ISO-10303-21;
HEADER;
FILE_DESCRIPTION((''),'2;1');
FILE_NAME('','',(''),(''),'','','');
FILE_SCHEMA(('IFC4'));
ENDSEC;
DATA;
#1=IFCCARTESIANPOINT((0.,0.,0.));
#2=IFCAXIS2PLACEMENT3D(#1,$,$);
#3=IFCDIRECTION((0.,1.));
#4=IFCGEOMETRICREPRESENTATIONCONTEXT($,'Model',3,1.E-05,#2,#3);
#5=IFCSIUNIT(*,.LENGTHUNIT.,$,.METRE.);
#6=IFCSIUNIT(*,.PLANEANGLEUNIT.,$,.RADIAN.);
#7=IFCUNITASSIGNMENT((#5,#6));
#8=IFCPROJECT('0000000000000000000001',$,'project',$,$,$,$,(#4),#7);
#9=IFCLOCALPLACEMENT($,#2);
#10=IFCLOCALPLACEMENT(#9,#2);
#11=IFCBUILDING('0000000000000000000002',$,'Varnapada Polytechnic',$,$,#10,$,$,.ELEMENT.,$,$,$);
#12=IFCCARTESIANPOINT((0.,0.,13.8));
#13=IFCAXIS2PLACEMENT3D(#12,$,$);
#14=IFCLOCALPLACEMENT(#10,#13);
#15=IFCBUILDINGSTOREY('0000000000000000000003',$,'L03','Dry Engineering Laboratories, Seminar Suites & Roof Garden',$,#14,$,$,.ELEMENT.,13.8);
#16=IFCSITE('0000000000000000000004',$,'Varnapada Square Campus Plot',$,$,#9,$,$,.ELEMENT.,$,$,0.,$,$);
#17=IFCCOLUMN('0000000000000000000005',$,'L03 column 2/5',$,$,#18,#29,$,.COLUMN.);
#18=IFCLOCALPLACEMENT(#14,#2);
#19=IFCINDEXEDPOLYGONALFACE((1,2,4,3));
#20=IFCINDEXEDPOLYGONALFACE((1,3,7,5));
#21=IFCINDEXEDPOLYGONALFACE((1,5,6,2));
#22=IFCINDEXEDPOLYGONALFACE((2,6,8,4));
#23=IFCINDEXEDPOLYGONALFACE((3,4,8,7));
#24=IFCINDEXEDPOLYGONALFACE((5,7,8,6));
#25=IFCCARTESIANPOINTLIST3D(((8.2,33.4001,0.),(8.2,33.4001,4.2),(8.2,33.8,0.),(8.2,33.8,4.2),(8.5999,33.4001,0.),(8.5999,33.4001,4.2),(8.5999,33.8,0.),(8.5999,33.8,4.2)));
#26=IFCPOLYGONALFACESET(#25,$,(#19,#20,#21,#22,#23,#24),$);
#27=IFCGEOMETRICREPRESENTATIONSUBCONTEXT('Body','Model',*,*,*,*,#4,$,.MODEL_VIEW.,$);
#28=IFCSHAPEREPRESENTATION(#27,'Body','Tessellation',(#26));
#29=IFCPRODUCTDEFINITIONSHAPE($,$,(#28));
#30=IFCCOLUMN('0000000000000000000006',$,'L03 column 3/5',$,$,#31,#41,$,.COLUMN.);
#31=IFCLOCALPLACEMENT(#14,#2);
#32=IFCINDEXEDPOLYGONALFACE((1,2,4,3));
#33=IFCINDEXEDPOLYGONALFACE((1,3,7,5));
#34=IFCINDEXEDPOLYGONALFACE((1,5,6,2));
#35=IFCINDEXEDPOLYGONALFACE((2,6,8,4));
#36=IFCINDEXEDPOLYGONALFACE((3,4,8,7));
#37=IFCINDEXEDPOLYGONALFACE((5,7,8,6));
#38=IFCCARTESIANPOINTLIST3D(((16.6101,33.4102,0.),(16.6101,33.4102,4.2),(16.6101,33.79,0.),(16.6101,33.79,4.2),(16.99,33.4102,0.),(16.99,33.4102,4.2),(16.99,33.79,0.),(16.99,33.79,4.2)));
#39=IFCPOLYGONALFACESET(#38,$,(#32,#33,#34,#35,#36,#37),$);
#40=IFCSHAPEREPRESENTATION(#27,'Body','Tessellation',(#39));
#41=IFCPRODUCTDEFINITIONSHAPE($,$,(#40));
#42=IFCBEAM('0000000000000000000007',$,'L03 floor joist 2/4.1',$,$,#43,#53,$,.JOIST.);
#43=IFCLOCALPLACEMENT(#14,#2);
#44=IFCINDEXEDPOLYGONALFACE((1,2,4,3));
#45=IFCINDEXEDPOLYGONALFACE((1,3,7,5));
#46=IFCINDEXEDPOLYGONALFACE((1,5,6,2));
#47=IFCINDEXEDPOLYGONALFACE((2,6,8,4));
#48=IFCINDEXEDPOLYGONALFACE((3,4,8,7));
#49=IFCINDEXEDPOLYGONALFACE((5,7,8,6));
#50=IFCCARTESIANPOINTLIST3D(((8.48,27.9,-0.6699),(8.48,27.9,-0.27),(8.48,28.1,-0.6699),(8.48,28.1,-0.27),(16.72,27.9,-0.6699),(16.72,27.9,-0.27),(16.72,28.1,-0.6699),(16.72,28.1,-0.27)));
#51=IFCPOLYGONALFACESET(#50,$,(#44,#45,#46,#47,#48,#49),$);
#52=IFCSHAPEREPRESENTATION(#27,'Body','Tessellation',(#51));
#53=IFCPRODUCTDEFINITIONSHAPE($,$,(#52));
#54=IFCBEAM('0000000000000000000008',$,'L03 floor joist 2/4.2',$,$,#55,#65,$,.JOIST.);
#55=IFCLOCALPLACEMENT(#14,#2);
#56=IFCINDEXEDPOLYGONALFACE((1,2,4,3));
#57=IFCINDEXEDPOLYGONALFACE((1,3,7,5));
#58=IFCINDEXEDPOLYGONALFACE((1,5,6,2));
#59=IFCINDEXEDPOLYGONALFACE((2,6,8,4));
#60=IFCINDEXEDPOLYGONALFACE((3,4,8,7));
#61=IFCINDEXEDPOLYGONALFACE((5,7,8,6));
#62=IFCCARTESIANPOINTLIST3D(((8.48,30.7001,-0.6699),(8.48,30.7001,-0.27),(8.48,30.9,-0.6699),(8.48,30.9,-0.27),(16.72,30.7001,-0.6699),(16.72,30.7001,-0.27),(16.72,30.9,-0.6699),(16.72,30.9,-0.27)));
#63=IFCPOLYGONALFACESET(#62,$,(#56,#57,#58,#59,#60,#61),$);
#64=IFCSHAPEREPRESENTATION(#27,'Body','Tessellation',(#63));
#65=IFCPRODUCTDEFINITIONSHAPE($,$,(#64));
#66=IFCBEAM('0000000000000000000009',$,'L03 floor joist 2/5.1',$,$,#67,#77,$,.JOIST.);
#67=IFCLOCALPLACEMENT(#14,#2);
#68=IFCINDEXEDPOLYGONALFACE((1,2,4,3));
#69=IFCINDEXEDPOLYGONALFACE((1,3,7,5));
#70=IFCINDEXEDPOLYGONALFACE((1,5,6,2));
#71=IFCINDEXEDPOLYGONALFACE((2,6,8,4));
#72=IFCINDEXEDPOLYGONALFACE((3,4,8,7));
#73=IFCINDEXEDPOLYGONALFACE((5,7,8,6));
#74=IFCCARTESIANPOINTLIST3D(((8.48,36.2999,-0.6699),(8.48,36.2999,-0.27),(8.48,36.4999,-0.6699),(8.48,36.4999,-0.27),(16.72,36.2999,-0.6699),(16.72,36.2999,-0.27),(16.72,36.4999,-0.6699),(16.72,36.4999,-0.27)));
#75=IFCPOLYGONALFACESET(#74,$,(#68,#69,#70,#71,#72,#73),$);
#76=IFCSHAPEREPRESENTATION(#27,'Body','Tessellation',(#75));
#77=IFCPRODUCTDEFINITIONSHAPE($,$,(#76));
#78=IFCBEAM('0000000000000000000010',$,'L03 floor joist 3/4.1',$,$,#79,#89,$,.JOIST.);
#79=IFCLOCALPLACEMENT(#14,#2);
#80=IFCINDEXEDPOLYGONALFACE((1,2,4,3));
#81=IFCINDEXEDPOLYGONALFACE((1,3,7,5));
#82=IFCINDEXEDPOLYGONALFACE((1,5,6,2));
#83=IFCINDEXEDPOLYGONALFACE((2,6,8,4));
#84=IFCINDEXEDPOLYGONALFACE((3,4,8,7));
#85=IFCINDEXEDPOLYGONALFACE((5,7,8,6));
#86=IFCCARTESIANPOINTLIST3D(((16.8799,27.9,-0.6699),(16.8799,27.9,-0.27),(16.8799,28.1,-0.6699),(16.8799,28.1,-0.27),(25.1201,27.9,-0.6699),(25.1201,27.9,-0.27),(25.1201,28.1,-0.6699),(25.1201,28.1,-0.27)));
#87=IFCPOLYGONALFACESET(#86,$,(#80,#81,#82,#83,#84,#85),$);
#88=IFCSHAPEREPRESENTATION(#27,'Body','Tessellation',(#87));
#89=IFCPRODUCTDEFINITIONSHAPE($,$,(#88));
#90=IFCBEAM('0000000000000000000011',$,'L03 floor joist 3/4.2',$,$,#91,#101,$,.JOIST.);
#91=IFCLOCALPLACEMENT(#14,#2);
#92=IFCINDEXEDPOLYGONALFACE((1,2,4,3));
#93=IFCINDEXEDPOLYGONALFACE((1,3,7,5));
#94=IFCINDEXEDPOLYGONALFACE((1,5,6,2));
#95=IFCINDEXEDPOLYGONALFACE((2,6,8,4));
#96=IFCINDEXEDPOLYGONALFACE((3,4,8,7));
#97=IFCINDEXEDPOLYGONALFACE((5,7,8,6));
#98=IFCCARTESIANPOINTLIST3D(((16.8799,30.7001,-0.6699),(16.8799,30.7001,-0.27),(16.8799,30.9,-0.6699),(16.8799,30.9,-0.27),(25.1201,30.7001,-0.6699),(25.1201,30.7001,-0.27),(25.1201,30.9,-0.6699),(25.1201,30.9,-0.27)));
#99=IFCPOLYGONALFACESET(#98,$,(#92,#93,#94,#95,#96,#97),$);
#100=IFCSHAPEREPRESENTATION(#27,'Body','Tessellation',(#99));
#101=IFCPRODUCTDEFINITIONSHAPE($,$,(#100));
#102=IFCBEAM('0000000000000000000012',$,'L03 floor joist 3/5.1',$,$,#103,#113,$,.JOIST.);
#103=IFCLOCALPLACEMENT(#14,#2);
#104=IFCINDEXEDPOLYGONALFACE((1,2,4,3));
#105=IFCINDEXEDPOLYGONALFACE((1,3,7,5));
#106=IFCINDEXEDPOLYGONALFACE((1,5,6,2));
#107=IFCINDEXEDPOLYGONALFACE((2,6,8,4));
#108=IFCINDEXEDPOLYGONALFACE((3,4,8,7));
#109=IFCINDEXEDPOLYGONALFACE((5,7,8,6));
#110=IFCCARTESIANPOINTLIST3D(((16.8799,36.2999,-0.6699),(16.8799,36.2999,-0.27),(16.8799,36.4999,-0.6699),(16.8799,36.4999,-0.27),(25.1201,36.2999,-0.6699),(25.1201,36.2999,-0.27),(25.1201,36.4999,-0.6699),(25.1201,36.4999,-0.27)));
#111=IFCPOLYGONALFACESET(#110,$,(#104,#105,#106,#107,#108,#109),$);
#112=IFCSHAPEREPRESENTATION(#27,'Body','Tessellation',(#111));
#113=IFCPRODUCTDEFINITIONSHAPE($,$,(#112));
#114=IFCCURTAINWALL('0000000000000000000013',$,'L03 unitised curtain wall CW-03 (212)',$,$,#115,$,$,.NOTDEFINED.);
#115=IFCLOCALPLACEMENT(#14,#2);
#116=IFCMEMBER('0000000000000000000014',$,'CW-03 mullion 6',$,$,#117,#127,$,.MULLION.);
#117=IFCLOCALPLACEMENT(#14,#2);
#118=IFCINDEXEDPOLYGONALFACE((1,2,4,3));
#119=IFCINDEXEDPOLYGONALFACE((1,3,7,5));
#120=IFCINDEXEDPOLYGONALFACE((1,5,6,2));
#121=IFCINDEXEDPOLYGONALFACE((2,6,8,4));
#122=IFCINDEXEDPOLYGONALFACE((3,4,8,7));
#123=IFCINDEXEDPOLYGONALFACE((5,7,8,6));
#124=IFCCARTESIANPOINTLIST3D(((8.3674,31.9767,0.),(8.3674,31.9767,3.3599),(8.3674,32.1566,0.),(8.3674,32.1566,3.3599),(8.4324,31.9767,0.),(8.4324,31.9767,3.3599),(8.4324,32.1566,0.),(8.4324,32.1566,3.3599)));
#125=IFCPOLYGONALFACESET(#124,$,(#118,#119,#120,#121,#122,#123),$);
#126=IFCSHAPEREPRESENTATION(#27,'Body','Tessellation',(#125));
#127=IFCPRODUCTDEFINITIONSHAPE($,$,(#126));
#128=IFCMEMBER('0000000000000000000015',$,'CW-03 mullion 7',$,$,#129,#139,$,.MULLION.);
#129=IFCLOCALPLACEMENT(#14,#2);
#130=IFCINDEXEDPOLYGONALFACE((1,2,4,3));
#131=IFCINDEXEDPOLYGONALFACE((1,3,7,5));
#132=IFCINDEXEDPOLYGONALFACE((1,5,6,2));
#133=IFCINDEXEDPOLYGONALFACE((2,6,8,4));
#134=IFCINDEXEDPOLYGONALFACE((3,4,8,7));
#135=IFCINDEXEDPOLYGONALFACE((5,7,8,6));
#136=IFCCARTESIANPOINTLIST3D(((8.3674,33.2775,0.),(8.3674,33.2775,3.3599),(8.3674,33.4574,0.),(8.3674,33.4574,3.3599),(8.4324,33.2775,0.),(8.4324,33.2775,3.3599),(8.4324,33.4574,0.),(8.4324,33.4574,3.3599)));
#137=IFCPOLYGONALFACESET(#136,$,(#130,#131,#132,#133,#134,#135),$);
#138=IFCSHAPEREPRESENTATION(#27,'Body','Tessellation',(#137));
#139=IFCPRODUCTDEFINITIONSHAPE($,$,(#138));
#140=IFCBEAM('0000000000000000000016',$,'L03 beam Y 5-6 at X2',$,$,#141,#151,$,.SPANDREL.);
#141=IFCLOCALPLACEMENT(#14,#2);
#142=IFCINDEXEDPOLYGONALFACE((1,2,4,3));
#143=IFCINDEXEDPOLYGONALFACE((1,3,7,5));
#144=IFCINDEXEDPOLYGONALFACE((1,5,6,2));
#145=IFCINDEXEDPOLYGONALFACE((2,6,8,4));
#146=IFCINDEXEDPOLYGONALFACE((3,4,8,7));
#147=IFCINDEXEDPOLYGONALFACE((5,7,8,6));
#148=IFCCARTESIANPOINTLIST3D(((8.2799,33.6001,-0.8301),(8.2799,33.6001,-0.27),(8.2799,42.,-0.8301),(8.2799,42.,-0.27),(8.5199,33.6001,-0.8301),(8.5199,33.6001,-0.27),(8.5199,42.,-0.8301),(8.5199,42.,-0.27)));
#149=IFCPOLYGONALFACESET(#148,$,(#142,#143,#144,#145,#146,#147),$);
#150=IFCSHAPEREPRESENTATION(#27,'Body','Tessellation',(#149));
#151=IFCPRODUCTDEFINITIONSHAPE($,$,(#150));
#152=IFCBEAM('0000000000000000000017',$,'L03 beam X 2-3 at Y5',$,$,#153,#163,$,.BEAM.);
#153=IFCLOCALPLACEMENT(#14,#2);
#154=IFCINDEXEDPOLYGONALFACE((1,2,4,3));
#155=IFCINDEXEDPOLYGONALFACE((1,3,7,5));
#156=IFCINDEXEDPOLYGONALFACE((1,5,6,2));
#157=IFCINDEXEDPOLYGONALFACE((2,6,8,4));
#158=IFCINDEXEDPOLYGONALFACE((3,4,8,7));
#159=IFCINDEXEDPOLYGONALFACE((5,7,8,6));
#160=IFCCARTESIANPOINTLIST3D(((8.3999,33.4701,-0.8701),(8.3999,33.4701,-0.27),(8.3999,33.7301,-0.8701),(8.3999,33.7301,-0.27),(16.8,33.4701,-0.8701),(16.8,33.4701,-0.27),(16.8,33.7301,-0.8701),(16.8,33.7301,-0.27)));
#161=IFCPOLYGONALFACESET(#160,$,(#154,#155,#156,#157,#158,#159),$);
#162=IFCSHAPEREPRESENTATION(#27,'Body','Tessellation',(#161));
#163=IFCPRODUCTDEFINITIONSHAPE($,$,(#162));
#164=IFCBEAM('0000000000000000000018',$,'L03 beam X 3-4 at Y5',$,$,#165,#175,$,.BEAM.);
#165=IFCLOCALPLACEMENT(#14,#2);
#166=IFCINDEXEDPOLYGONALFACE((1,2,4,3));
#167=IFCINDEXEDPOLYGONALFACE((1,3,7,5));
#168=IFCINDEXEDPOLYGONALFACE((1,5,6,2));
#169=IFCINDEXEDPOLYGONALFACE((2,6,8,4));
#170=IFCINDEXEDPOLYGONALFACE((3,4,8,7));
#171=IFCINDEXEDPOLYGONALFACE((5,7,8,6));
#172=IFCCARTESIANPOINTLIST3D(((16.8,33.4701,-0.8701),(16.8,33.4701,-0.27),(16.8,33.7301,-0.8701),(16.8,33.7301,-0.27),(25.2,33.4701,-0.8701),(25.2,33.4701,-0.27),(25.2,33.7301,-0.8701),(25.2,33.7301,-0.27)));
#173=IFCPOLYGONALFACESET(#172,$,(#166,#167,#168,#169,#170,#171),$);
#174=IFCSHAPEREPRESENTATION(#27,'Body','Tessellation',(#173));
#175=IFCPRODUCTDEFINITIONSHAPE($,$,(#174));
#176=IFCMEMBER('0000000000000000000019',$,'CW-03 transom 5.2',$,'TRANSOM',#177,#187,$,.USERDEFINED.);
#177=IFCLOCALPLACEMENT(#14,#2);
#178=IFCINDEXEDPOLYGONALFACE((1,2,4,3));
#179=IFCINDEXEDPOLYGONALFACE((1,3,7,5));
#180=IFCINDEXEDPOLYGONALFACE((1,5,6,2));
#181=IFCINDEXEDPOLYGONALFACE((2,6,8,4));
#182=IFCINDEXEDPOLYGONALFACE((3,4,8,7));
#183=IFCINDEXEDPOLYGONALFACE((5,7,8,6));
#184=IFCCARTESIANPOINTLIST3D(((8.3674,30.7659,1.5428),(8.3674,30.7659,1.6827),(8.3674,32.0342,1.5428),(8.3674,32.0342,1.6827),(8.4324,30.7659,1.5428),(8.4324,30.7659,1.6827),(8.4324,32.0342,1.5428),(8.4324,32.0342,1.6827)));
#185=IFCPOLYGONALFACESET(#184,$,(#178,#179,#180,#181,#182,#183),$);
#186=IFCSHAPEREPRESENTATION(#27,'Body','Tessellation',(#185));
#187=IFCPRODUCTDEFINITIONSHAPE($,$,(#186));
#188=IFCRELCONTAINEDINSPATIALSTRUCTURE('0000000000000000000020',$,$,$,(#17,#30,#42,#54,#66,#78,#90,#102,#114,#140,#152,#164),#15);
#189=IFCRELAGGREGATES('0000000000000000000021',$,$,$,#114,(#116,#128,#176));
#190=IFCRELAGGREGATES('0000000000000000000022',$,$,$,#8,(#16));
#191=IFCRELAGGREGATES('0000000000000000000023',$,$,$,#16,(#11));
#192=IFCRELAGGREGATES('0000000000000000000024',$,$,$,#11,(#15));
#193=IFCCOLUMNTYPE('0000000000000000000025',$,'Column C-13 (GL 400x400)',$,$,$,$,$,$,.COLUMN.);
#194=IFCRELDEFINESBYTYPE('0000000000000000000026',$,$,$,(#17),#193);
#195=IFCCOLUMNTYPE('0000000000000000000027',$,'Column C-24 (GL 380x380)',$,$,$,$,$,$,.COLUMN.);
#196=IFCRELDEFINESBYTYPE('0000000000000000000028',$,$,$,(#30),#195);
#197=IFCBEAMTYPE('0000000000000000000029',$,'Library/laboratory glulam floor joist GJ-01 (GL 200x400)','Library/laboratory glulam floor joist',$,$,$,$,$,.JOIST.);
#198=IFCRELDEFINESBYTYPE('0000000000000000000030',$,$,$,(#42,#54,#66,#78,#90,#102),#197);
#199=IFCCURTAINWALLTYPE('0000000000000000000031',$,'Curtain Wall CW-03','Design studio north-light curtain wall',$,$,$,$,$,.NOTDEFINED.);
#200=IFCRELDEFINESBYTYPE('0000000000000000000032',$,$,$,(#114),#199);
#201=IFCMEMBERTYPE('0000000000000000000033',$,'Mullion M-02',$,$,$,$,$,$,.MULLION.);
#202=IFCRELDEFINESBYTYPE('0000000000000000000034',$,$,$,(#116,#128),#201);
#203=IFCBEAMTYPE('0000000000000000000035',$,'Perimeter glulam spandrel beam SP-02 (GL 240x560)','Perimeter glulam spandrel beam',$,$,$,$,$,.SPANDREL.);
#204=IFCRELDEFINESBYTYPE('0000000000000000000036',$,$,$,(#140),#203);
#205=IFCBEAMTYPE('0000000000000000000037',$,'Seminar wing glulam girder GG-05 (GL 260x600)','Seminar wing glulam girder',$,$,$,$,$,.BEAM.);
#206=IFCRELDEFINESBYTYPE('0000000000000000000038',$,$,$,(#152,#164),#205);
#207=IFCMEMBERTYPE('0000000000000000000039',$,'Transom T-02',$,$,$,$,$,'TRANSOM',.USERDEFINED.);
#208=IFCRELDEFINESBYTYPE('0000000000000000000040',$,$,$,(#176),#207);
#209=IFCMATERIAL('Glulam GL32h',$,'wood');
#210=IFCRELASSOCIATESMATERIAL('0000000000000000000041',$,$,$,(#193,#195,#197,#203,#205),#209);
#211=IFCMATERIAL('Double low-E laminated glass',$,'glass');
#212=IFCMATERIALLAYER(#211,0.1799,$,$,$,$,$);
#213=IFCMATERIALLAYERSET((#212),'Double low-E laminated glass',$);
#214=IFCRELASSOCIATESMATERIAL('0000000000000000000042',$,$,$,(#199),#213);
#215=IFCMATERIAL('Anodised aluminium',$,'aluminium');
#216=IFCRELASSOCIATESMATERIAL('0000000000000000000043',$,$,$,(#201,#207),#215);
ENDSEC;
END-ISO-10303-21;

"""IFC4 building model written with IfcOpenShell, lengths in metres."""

from ifc_helpers import new_model, si_unit, direction, frame, origin, origin_2d, place, context, subcontext, project, spatial, rectangle, extrude, material, layer, layer_set, material_profile, profile_set, type_object, element, aggregate, save


model = new_model("IFC4")

# Units and contexts
model_context = context("Model", 3, precision=1e-05, world=origin(), true_north=direction((0.0, 1.0)))
body_context = subcontext(model_context, "Body", "Model", "MODEL_VIEW")
ifc_project = project(units=[si_unit("LENGTHUNIT", "METRE"), si_unit("PLANEANGLEUNIT", "RADIAN")], contexts=[model_context])

# Site, building, storey
site_placement = place(None, origin())
site = spatial("IfcSite", under=ifc_project, at=site_placement, Name="Varnapada Square Campus Plot", CompositionType="ELEMENT", RefElevation=0.0)
building_placement = place(site_placement, origin())
building = spatial("IfcBuilding", under=site, at=building_placement, Name="Varnapada Polytechnic", CompositionType="ELEMENT")
storey_placement = place(building_placement, frame((0.0, 0.0, 13.8)))
storey = spatial("IfcBuildingStorey", under=building, at=storey_placement, Name="L03", Description="Dry Engineering Laboratories, Seminar Suites & Roof Garden", CompositionType="ELEMENT", Elevation=13.8)

# Columns
ifc_material_1 = material(Name="Glulam GL32h", Category="wood")
ifc_material_profile_1 = material_profile(ifc_material_1, rectangle(XDim=0.3999, YDim=0.3999, at=origin_2d()), Name="GL 400x400")
ifc_profile_set_1 = profile_set([ifc_material_profile_1], Name="Glulam GL32h")
column_type_1 = type_object("IfcColumnType", Name="Column C-13 (GL 400x400)", PredefinedType="COLUMN", material=ifc_profile_set_1)
column_1_placement = place(storey_placement, frame((8.3999, 33.6001, 0.0), z_axis=(0.0, 0.0, 1.0), x_axis=(1.0, 0.0, 0.0)))
element("IfcColumn", 1, at=column_1_placement, inside=storey, type_object=column_type_1, Name="L03 column 2/5", PredefinedType="COLUMN", context=body_context, shape_type="SweptSolid", body=[
    extrude(rectangle(XDim=0.3999, YDim=0.3999, at=origin_2d()), origin(), (0.0, 0.0, 1.0), 4.2),
])
ifc_material_profile_2 = material_profile(ifc_material_1, rectangle(XDim=0.3799, YDim=0.3799, at=origin_2d()), Name="GL 380x380")
ifc_profile_set_2 = profile_set([ifc_material_profile_2], Name="Glulam GL32h")
column_type_2 = type_object("IfcColumnType", Name="Column C-24 (GL 380x380)", PredefinedType="COLUMN", material=ifc_profile_set_2)
column_2_placement = place(storey_placement, frame((16.8, 33.6001, 0.0), z_axis=(0.0, 0.0, 1.0), x_axis=(1.0, 0.0, 0.0)))
element("IfcColumn", 2, at=column_2_placement, inside=storey, type_object=column_type_2, Name="L03 column 3/5", PredefinedType="COLUMN", context=body_context, shape_type="SweptSolid", body=[
    extrude(rectangle(XDim=0.3799, YDim=0.3799, at=origin_2d()), origin(), (0.0, 0.0, 1.0), 4.2),
])

# Beams
ifc_material_profile_3 = material_profile(ifc_material_1, rectangle(XDim=0.2, YDim=0.3999, at=origin_2d()), Name="GL 200x400")
ifc_profile_set_3 = profile_set([ifc_material_profile_3], Name="Glulam GL32h")
beam_type_1 = type_object("IfcBeamType", Name="Library/laboratory glulam floor joist GJ-01 (GL 200x400)", Description="Library/laboratory glulam floor joist", PredefinedType="JOIST", material=ifc_profile_set_3)
for number, where, z_axis, x_axis, name in (
    (3, (8.48, 28.0, -0.47), (1.0, 0.0, 0.0), (0.0, 1.0, 0.0), "L03 floor joist 2/4.1"),
    (4, (8.48, 30.8, -0.47), (1.0, 0.0, 0.0), (0.0, 1.0, 0.0), "L03 floor joist 2/4.2"),
    (5, (8.48, 36.3999, -0.47), (1.0, 0.0, 0.0), (0.0, 1.0, 0.0), "L03 floor joist 2/5.1"),
):
    element("IfcBeam", number, at=place(storey_placement, frame(where, z_axis=z_axis, x_axis=x_axis)), inside=storey, type_object=beam_type_1, Name=name, PredefinedType="JOIST", context=body_context, shape_type="SweptSolid", body=[
        extrude(rectangle(XDim=0.2, YDim=0.3999, at=origin_2d()), origin(), (0.0, 0.0, 1.0), 8.24),
    ])
for number, where, z_axis, x_axis, name in (
    (6, (16.8799, 28.0, -0.47), (1.0, 0.0, 0.0), (0.0, 1.0, 0.0), "L03 floor joist 3/4.1"),
    (7, (16.8799, 30.8, -0.47), (1.0, 0.0, 0.0), (0.0, 1.0, 0.0), "L03 floor joist 3/4.2"),
    (8, (16.8799, 36.3999, -0.47), (1.0, 0.0, 0.0), (0.0, 1.0, 0.0), "L03 floor joist 3/5.1"),
):
    element("IfcBeam", number, at=place(storey_placement, frame(where, z_axis=z_axis, x_axis=x_axis)), inside=storey, type_object=beam_type_1, Name=name, PredefinedType="JOIST", context=body_context, shape_type="SweptSolid", body=[
        extrude(rectangle(XDim=0.2, YDim=0.3999, at=origin_2d()), origin(), (0.0, 0.0, 1.0), 8.2402),
    ])

# Curtain wall, members
ifc_material_2 = material(Name="Double low-E laminated glass", Category="glass")
ifc_layer_1 = layer(ifc_material_2, 0.1799)
ifc_layer_set_1 = layer_set([ifc_layer_1], Name="Double low-E laminated glass")
curtain_wall_type = type_object("IfcCurtainWallType", Name="Curtain Wall CW-03", Description="Design studio north-light curtain wall", PredefinedType="NOTDEFINED", material=ifc_layer_set_1)
curtain_wall_placement = place(storey_placement, origin())
curtain_wall = element("IfcCurtainWall", 9, at=curtain_wall_placement, inside=storey, type_object=curtain_wall_type, Name="L03 unitised curtain wall CW-03 (212)", PredefinedType="NOTDEFINED")
ifc_material_3 = material(Name="Anodised aluminium", Category="aluminium")
ifc_material_profile_4 = material_profile(ifc_material_3, rectangle(XDim=0.0649, YDim=0.1799, at=origin_2d()), Name="ALU M65x180")
ifc_profile_set_4 = profile_set([ifc_material_profile_4], Name="Anodised aluminium")
member_type_1 = type_object("IfcMemberType", Name="Mullion M-02", PredefinedType="MULLION", material=ifc_profile_set_4)
member_1_placement = place(storey_placement, frame((8.3999, 32.0667, 0.0), z_axis=(0.0, 0.0, 1.0), x_axis=(-1.0, 0.0, 0.0)))
member_1 = element("IfcMember", 10, at=member_1_placement, type_object=member_type_1, Name="CW-03 mullion 6", PredefinedType="MULLION", context=body_context, shape_type="SweptSolid", body=[
    extrude(rectangle(XDim=0.0649, YDim=0.1799, at=origin_2d()), origin(), (0.0, 0.0, 1.0), 3.3599),
])
member_2_placement = place(storey_placement, frame((8.3999, 33.3674, 0.0), z_axis=(0.0, 0.0, 1.0), x_axis=(-1.0, 0.0, 0.0)))
member_2 = element("IfcMember", 11, at=member_2_placement, type_object=member_type_1, Name="CW-03 mullion 7", PredefinedType="MULLION", context=body_context, shape_type="SweptSolid", body=[
    extrude(rectangle(XDim=0.0649, YDim=0.1799, at=origin_2d()), origin(), (0.0, 0.0, 1.0), 3.3599),
])

# Beams
ifc_material_profile_5 = material_profile(ifc_material_1, rectangle(XDim=0.24, YDim=0.5601, at=origin_2d()), Name="GL 240x560")
ifc_profile_set_5 = profile_set([ifc_material_profile_5], Name="Glulam GL32h")
beam_type_2 = type_object("IfcBeamType", Name="Perimeter glulam spandrel beam SP-02 (GL 240x560)", Description="Perimeter glulam spandrel beam", PredefinedType="SPANDREL", material=ifc_profile_set_5)
beam_1_placement = place(storey_placement, frame((8.3999, 33.6001, -0.55), z_axis=(0.0, 1.0, 0.0), x_axis=(-1.0, 0.0, 0.0)))
element("IfcBeam", 12, at=beam_1_placement, inside=storey, type_object=beam_type_2, Name="L03 beam Y 5-6 at X2", PredefinedType="SPANDREL", context=body_context, shape_type="SweptSolid", body=[
    extrude(rectangle(XDim=0.24, YDim=0.5601, at=origin_2d()), origin(), (0.0, 0.0, 1.0), 8.3999),
])
ifc_material_profile_6 = material_profile(ifc_material_1, rectangle(XDim=0.26, YDim=0.6001, at=origin_2d()), Name="GL 260x600")
ifc_profile_set_6 = profile_set([ifc_material_profile_6], Name="Glulam GL32h")
beam_type_3 = type_object("IfcBeamType", Name="Seminar wing glulam girder GG-05 (GL 260x600)", Description="Seminar wing glulam girder", PredefinedType="BEAM", material=ifc_profile_set_6)
beam_2_placement = place(storey_placement, frame((8.3999, 33.6001, -0.5701), z_axis=(1.0, 0.0, 0.0), x_axis=(0.0, 1.0, 0.0)))
element("IfcBeam", 13, at=beam_2_placement, inside=storey, type_object=beam_type_3, Name="L03 beam X 2-3 at Y5", PredefinedType="BEAM", context=body_context, shape_type="SweptSolid", body=[
    extrude(rectangle(XDim=0.26, YDim=0.6001, at=origin_2d()), origin(), (0.0, 0.0, 1.0), 8.4001),
])
beam_3_placement = place(storey_placement, frame((16.8, 33.6001, -0.5701), z_axis=(1.0, 0.0, 0.0), x_axis=(0.0, 1.0, 0.0)))
element("IfcBeam", 14, at=beam_3_placement, inside=storey, type_object=beam_type_3, Name="L03 beam X 3-4 at Y5", PredefinedType="BEAM", context=body_context, shape_type="SweptSolid", body=[
    extrude(rectangle(XDim=0.26, YDim=0.6001, at=origin_2d()), origin(), (0.0, 0.0, 1.0), 8.3999),
])

# Member
ifc_material_profile_7 = material_profile(ifc_material_3, rectangle(XDim=0.0649, YDim=0.1399, at=origin_2d()), Name="ALU T65x140")
ifc_profile_set_7 = profile_set([ifc_material_profile_7], Name="Anodised aluminium")
member_type_2 = type_object("IfcMemberType", Name="Transom T-02", ElementType="TRANSOM", PredefinedType="USERDEFINED", material=ifc_profile_set_7)
member_3_placement = place(storey_placement, frame((8.3999, 30.7659, 1.6128), z_axis=(0.0, 1.0, 0.0), x_axis=(-1.0, 0.0, 0.0)))
member_3 = element("IfcMember", 15, at=member_3_placement, type_object=member_type_2, Name="CW-03 transom 5.2", ObjectType="TRANSOM", PredefinedType="USERDEFINED", context=body_context, shape_type="SweptSolid", body=[
    extrude(rectangle(XDim=0.0649, YDim=0.1399, at=origin_2d()), origin(), (0.0, 0.0, 1.0), 1.2683),
])

aggregate(curtain_wall, [member_1, member_2, member_3])

save(model, "model.ifc")
